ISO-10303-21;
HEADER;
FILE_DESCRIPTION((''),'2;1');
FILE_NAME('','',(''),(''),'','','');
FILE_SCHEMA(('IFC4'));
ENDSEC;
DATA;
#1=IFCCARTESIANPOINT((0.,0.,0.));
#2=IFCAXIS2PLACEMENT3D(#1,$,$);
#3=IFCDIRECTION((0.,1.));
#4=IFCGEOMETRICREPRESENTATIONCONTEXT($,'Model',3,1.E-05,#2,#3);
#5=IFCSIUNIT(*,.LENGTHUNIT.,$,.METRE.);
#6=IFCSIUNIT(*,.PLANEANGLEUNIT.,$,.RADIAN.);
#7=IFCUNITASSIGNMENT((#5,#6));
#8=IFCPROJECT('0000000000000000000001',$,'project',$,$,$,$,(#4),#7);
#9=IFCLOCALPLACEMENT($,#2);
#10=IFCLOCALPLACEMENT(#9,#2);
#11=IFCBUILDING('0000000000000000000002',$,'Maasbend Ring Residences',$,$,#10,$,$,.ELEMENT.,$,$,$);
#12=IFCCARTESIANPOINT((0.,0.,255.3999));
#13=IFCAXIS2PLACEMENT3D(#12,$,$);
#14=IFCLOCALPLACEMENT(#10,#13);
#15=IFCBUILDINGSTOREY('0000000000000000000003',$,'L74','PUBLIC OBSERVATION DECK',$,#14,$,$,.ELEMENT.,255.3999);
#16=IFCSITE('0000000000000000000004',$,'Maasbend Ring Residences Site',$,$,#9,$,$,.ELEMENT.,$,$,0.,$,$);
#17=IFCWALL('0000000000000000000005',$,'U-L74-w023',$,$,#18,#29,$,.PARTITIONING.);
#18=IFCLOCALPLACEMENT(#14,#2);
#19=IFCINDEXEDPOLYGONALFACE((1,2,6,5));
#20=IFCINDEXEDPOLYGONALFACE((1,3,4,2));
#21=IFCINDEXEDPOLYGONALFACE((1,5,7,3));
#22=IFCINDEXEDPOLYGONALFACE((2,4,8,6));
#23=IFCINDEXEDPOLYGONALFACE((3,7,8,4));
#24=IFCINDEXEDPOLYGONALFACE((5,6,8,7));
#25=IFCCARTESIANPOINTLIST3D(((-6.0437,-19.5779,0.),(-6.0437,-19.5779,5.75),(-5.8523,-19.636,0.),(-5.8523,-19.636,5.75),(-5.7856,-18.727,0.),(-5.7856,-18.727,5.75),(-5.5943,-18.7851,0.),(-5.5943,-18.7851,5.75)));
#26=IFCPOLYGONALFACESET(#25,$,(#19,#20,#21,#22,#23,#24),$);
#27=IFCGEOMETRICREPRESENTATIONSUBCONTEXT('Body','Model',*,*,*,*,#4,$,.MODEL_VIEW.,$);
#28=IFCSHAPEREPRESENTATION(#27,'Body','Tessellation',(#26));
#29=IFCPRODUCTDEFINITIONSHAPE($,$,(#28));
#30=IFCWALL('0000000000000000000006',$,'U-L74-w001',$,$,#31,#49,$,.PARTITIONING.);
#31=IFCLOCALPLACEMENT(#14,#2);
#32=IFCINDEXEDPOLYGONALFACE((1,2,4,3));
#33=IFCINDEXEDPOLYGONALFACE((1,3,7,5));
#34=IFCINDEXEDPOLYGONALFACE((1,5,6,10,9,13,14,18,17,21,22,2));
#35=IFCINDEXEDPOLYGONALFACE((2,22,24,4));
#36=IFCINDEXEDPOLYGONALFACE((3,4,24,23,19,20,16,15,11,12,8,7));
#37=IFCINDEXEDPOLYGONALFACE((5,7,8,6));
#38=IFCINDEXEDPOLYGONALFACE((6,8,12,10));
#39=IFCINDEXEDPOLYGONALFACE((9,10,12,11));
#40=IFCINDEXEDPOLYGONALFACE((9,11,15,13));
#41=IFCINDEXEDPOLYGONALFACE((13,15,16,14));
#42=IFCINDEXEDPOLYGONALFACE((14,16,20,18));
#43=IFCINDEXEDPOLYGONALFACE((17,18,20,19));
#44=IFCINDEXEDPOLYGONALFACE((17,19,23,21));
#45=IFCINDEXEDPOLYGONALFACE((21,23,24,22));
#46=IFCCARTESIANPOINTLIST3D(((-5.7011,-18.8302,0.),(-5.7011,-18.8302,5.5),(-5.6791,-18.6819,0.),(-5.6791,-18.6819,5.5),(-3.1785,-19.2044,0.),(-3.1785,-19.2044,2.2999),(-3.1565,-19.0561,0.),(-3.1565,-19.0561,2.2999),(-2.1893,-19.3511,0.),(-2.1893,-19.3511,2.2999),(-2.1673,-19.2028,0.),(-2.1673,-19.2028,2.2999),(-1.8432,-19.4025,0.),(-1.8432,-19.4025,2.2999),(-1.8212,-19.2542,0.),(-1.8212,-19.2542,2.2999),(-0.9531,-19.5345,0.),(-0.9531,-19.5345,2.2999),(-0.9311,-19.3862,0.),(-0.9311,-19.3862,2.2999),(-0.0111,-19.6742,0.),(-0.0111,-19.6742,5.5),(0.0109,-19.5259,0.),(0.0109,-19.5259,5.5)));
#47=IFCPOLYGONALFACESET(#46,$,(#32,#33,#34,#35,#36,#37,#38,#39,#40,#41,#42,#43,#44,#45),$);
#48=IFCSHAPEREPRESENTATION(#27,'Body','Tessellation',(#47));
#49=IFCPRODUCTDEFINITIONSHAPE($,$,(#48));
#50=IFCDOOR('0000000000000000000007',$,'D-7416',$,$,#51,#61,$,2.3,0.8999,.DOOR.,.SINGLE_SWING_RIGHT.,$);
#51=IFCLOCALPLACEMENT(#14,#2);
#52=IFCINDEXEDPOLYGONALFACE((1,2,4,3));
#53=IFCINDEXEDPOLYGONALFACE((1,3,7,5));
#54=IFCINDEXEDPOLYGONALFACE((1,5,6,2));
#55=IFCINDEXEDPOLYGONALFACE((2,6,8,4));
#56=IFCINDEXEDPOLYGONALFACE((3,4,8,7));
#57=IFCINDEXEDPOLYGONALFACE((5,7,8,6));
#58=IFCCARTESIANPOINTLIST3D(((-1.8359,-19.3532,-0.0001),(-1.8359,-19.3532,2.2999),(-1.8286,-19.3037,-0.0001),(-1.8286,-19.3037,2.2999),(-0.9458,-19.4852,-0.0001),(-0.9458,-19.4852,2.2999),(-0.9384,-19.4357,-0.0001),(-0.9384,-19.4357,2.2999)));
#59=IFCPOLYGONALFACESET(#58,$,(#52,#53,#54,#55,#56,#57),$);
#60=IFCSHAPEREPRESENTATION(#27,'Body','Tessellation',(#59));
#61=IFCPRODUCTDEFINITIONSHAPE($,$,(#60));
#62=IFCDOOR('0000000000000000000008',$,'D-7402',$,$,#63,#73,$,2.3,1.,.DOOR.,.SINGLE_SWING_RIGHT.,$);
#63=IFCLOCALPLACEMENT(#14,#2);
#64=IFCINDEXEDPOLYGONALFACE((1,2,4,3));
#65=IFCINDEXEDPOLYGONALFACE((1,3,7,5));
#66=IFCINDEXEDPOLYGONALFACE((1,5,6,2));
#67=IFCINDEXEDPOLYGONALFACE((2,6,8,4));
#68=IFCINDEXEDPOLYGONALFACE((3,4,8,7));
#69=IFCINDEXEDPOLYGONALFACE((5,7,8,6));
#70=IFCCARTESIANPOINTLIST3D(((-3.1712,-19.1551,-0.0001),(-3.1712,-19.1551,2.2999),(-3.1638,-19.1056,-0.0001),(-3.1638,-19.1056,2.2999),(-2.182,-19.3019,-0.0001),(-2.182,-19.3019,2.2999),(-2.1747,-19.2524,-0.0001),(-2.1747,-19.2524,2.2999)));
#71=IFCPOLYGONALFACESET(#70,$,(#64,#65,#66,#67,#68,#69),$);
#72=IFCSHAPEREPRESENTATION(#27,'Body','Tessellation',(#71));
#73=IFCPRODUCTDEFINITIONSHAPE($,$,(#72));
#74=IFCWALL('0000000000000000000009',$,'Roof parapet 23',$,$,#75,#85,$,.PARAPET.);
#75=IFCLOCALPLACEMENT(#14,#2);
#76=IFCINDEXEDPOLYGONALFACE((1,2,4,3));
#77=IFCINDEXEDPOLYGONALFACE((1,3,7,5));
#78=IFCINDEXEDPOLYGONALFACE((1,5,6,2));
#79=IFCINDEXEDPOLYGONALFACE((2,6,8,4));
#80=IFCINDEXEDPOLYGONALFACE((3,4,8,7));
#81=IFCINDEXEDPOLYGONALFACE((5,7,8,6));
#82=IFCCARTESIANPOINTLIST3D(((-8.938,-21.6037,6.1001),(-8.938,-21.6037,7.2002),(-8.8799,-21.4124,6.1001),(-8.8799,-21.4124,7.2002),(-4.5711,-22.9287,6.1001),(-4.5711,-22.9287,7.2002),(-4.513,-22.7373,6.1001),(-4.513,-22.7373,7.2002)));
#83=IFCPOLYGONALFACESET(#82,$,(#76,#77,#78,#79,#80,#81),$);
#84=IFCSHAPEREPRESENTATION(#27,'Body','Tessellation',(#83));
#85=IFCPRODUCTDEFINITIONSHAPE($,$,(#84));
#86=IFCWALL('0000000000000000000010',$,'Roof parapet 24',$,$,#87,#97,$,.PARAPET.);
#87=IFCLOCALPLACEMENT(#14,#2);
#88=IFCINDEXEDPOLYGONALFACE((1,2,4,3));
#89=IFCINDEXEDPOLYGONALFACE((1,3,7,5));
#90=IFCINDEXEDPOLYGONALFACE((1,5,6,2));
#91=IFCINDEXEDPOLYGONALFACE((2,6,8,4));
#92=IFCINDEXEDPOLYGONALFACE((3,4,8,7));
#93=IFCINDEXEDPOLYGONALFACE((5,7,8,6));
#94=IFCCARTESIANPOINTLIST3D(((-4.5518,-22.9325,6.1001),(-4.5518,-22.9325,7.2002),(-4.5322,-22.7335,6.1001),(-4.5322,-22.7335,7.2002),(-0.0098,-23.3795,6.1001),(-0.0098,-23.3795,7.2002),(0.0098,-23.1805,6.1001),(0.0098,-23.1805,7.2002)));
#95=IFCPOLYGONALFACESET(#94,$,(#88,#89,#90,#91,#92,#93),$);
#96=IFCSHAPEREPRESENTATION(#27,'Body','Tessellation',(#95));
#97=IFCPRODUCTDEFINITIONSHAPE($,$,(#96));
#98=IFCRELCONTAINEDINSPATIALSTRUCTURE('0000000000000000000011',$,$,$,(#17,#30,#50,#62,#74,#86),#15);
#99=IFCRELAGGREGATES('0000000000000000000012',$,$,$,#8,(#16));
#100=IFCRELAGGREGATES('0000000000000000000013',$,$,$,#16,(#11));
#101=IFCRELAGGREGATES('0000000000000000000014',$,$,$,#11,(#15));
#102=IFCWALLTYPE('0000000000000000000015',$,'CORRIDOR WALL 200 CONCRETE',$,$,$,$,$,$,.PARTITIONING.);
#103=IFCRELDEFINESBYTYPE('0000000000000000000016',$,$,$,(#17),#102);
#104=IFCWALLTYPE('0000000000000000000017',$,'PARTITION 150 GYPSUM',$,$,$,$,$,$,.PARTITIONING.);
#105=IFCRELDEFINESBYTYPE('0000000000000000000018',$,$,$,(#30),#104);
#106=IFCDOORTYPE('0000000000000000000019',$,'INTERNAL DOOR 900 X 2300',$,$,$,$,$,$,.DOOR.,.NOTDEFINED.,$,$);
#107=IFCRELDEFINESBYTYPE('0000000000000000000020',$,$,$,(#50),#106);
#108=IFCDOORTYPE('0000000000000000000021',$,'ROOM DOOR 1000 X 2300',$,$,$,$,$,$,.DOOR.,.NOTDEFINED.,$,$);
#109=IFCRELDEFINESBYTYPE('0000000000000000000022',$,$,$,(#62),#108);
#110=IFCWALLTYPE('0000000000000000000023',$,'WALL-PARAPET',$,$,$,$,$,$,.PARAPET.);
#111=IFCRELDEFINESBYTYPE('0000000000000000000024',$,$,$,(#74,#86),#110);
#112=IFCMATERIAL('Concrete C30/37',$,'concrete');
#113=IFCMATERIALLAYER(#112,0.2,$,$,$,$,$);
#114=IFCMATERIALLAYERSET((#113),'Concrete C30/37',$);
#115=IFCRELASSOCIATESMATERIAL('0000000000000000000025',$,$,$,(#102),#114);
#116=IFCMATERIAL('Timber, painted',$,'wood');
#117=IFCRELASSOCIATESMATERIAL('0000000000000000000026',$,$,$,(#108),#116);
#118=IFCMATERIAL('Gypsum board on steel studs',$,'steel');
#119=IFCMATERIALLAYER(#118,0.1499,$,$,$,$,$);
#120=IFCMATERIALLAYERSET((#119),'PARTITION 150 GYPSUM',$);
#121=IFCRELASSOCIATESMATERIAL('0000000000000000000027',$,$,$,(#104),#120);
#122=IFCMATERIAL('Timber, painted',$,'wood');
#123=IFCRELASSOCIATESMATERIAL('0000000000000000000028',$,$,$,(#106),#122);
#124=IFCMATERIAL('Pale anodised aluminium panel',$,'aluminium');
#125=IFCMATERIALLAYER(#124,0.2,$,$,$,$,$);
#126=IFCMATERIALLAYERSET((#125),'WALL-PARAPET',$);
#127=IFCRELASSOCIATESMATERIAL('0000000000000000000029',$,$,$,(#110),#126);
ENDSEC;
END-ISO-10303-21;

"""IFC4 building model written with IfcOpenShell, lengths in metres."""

from ifc_helpers import new_model, si_unit, direction, frame, frame_2d, origin, place, context, subcontext, project, spatial, rectangle, extrude, material, layer, layer_set, type_object, element, fill, save


model = new_model("IFC4")

# Units and contexts
model_context = context("Model", 3, precision=1e-05, world=origin(), true_north=direction((0.0, 1.0)))
body_context = subcontext(model_context, "Body", "Model", "MODEL_VIEW")
ifc_project = project(units=[si_unit("LENGTHUNIT", "METRE"), si_unit("PLANEANGLEUNIT", "RADIAN")], contexts=[model_context])

# Site, building, storey
site_placement = place(None, origin())
site = spatial("IfcSite", under=ifc_project, at=site_placement, Name="Maasbend Ring Residences Site", CompositionType="ELEMENT", RefElevation=0.0)
building_placement = place(site_placement, origin())
building = spatial("IfcBuilding", under=site, at=building_placement, Name="Maasbend Ring Residences", CompositionType="ELEMENT")
storey_placement = place(building_placement, frame((0.0, 0.0, 255.3999)))
storey = spatial("IfcBuildingStorey", under=building, at=storey_placement, Name="L74", Description="PUBLIC OBSERVATION DECK", CompositionType="ELEMENT", Elevation=255.3999)

# Shared definitions
ifc_material_1 = material(Name="Concrete C30/37", Category="concrete")
ifc_layer_1 = layer(ifc_material_1, 0.2)
ifc_layer_set_1 = layer_set([ifc_layer_1], Name="Concrete C30/37")
wall_type_1 = type_object("IfcWallType", Name="CORRIDOR WALL 200 CONCRETE", PredefinedType="PARTITIONING", material=ifc_layer_set_1)
ifc_material_2 = material(Name="Timber, painted", Category="wood")
door_type_1 = type_object("IfcDoorType", Name="ROOM DOOR 1000 X 2300", OperationType="NOTDEFINED", PredefinedType="DOOR", material=ifc_material_2)

# Wall
wall_1_placement = place(storey_placement, frame((-5.948, -19.6069, 0.0), z_axis=(0.0, 0.0, 1.0), x_axis=(0.290244, 0.956953, 0.0)))
element("IfcWall", 1, at=wall_1_placement, inside=storey, type_object=wall_type_1, Name="U-L74-w023", PredefinedType="PARTITIONING", context=body_context, shape_type="SweptSolid", body=[
    extrude(rectangle(XDim=0.8892, YDim=0.2, at=frame_2d((0.4446, 0.0))), origin(), (0.0, 0.0, 1.0), 5.75),
])

# Wall, openings, doors
ifc_material_3 = material(Name="Gypsum board on steel studs", Category="steel")
ifc_layer_2 = layer(ifc_material_3, 0.1499)
ifc_layer_set_2 = layer_set([ifc_layer_2], Name="PARTITION 150 GYPSUM")
wall_type_2 = type_object("IfcWallType", Name="PARTITION 150 GYPSUM", PredefinedType="PARTITIONING", material=ifc_layer_set_2)
wall_2_placement = place(storey_placement, frame((-5.6899, -18.7561, 0.0), z_axis=(0.0, 0.0, 1.0), x_axis=(0.989177, -0.146726, 0.0)))
wall_2 = element("IfcWall", 2, at=wall_2_placement, inside=storey, type_object=wall_type_2, Name="U-L74-w001", PredefinedType="PARTITIONING", context=body_context, shape_type="SweptSolid", body=[
    extrude(rectangle(XDim=5.7522, YDim=0.1499, at=frame_2d((2.876, 0.0))), origin(), (0.0, 0.0, 1.0), 5.5),
])
opening_1_placement = place(wall_2_placement, frame((2.55, 0.0, 0.0)))
opening_1 = element("IfcOpeningElement", 3, at=opening_1_placement, cuts=wall_2, PredefinedType="OPENING", context=body_context, shape_type="SweptSolid", body=[
    extrude(rectangle(XDim=1.0, YDim=2.3, at=frame_2d((0.5, 1.1499))), frame((0.0, 0.085, 0.0), z_axis=(0.0, -1.0, 0.0), x_axis=(1.0, 0.0, 0.0)), (0.0, 0.0, 1.0), 0.1699),
])
opening_2_placement = place(wall_2_placement, frame((3.8999, 0.0, 0.0)))
opening_2 = element("IfcOpeningElement", 4, at=opening_2_placement, cuts=wall_2, PredefinedType="OPENING", context=body_context, shape_type="SweptSolid", body=[
    extrude(rectangle(XDim=0.8999, YDim=2.3, at=frame_2d((0.45, 1.1499))), frame((0.0, 0.085, 0.0), z_axis=(0.0, -1.0, 0.0), x_axis=(1.0, 0.0, 0.0)), (0.0, 0.0, 1.0), 0.1699),
])
ifc_material_4 = material(Name="Timber, painted", Category="wood")
door_type_2 = type_object("IfcDoorType", Name="INTERNAL DOOR 900 X 2300", OperationType="NOTDEFINED", PredefinedType="DOOR", material=ifc_material_4)
door_1_placement = place(opening_2_placement, origin())
door_1 = element("IfcDoor", 5, at=door_1_placement, inside=storey, type_object=door_type_2, Name="D-7416", OperationType="SINGLE_SWING_RIGHT", OverallHeight=2.3, OverallWidth=0.8999, PredefinedType="DOOR", context=body_context, shape_type="SweptSolid", body=[
    extrude(rectangle(XDim=0.8999, YDim=2.3, at=frame_2d((0.45, 1.1499))), frame((0.0, 0.0249, 0.0), z_axis=(0.0, -1.0, 0.0), x_axis=(1.0, 0.0, 0.0)), (0.0, 0.0, 1.0), 0.05),
])
fill(opening_2, door_1)
door_2_placement = place(opening_1_placement, origin())
door_2 = element("IfcDoor", 6, at=door_2_placement, inside=storey, type_object=door_type_1, Name="D-7402", OperationType="SINGLE_SWING_RIGHT", OverallHeight=2.3, OverallWidth=1.0, PredefinedType="DOOR", context=body_context, shape_type="SweptSolid", body=[
    extrude(rectangle(XDim=1.0, YDim=2.3, at=frame_2d((0.5, 1.1499))), frame((0.0, 0.0249, 0.0), z_axis=(0.0, -1.0, 0.0), x_axis=(1.0, 0.0, 0.0)), (0.0, 0.0, 1.0), 0.05),
])
fill(opening_1, door_2)

# Walls
ifc_material_5 = material(Name="Pale anodised aluminium panel", Category="aluminium")
ifc_layer_3 = layer(ifc_material_5, 0.2)
ifc_layer_set_3 = layer_set([ifc_layer_3], Name="WALL-PARAPET")
wall_type_3 = type_object("IfcWallType", Name="WALL-PARAPET", PredefinedType="PARAPET", material=ifc_layer_set_3)
wall_3_placement = place(storey_placement, frame((-8.9089, -21.5081, 6.1001), z_axis=(0.0, 0.0, 1.0), x_axis=(0.956925, -0.290336, 0.0)))
element("IfcWall", 7, at=wall_3_placement, inside=storey, type_object=wall_type_3, Name="Roof parapet 23", PredefinedType="PARAPET", context=body_context, shape_type="SweptSolid", body=[
    extrude(rectangle(XDim=4.5635, YDim=0.2, at=frame_2d((2.2817, 0.0))), origin(), (0.0, 0.0, 1.0), 1.1001),
])
wall_4_placement = place(storey_placement, frame((-4.542, -22.833, 6.1001), z_axis=(0.0, 0.0, 1.0), x_axis=(0.995192, -0.097946, 0.0)))
element("IfcWall", 8, at=wall_4_placement, inside=storey, type_object=wall_type_3, Name="Roof parapet 24", PredefinedType="PARAPET", context=body_context, shape_type="SweptSolid", body=[
    extrude(rectangle(XDim=4.564, YDim=0.2, at=frame_2d((2.282, 0.0))), origin(), (0.0, 0.0, 1.0), 1.1001),
])

save(model, "model.ifc")
